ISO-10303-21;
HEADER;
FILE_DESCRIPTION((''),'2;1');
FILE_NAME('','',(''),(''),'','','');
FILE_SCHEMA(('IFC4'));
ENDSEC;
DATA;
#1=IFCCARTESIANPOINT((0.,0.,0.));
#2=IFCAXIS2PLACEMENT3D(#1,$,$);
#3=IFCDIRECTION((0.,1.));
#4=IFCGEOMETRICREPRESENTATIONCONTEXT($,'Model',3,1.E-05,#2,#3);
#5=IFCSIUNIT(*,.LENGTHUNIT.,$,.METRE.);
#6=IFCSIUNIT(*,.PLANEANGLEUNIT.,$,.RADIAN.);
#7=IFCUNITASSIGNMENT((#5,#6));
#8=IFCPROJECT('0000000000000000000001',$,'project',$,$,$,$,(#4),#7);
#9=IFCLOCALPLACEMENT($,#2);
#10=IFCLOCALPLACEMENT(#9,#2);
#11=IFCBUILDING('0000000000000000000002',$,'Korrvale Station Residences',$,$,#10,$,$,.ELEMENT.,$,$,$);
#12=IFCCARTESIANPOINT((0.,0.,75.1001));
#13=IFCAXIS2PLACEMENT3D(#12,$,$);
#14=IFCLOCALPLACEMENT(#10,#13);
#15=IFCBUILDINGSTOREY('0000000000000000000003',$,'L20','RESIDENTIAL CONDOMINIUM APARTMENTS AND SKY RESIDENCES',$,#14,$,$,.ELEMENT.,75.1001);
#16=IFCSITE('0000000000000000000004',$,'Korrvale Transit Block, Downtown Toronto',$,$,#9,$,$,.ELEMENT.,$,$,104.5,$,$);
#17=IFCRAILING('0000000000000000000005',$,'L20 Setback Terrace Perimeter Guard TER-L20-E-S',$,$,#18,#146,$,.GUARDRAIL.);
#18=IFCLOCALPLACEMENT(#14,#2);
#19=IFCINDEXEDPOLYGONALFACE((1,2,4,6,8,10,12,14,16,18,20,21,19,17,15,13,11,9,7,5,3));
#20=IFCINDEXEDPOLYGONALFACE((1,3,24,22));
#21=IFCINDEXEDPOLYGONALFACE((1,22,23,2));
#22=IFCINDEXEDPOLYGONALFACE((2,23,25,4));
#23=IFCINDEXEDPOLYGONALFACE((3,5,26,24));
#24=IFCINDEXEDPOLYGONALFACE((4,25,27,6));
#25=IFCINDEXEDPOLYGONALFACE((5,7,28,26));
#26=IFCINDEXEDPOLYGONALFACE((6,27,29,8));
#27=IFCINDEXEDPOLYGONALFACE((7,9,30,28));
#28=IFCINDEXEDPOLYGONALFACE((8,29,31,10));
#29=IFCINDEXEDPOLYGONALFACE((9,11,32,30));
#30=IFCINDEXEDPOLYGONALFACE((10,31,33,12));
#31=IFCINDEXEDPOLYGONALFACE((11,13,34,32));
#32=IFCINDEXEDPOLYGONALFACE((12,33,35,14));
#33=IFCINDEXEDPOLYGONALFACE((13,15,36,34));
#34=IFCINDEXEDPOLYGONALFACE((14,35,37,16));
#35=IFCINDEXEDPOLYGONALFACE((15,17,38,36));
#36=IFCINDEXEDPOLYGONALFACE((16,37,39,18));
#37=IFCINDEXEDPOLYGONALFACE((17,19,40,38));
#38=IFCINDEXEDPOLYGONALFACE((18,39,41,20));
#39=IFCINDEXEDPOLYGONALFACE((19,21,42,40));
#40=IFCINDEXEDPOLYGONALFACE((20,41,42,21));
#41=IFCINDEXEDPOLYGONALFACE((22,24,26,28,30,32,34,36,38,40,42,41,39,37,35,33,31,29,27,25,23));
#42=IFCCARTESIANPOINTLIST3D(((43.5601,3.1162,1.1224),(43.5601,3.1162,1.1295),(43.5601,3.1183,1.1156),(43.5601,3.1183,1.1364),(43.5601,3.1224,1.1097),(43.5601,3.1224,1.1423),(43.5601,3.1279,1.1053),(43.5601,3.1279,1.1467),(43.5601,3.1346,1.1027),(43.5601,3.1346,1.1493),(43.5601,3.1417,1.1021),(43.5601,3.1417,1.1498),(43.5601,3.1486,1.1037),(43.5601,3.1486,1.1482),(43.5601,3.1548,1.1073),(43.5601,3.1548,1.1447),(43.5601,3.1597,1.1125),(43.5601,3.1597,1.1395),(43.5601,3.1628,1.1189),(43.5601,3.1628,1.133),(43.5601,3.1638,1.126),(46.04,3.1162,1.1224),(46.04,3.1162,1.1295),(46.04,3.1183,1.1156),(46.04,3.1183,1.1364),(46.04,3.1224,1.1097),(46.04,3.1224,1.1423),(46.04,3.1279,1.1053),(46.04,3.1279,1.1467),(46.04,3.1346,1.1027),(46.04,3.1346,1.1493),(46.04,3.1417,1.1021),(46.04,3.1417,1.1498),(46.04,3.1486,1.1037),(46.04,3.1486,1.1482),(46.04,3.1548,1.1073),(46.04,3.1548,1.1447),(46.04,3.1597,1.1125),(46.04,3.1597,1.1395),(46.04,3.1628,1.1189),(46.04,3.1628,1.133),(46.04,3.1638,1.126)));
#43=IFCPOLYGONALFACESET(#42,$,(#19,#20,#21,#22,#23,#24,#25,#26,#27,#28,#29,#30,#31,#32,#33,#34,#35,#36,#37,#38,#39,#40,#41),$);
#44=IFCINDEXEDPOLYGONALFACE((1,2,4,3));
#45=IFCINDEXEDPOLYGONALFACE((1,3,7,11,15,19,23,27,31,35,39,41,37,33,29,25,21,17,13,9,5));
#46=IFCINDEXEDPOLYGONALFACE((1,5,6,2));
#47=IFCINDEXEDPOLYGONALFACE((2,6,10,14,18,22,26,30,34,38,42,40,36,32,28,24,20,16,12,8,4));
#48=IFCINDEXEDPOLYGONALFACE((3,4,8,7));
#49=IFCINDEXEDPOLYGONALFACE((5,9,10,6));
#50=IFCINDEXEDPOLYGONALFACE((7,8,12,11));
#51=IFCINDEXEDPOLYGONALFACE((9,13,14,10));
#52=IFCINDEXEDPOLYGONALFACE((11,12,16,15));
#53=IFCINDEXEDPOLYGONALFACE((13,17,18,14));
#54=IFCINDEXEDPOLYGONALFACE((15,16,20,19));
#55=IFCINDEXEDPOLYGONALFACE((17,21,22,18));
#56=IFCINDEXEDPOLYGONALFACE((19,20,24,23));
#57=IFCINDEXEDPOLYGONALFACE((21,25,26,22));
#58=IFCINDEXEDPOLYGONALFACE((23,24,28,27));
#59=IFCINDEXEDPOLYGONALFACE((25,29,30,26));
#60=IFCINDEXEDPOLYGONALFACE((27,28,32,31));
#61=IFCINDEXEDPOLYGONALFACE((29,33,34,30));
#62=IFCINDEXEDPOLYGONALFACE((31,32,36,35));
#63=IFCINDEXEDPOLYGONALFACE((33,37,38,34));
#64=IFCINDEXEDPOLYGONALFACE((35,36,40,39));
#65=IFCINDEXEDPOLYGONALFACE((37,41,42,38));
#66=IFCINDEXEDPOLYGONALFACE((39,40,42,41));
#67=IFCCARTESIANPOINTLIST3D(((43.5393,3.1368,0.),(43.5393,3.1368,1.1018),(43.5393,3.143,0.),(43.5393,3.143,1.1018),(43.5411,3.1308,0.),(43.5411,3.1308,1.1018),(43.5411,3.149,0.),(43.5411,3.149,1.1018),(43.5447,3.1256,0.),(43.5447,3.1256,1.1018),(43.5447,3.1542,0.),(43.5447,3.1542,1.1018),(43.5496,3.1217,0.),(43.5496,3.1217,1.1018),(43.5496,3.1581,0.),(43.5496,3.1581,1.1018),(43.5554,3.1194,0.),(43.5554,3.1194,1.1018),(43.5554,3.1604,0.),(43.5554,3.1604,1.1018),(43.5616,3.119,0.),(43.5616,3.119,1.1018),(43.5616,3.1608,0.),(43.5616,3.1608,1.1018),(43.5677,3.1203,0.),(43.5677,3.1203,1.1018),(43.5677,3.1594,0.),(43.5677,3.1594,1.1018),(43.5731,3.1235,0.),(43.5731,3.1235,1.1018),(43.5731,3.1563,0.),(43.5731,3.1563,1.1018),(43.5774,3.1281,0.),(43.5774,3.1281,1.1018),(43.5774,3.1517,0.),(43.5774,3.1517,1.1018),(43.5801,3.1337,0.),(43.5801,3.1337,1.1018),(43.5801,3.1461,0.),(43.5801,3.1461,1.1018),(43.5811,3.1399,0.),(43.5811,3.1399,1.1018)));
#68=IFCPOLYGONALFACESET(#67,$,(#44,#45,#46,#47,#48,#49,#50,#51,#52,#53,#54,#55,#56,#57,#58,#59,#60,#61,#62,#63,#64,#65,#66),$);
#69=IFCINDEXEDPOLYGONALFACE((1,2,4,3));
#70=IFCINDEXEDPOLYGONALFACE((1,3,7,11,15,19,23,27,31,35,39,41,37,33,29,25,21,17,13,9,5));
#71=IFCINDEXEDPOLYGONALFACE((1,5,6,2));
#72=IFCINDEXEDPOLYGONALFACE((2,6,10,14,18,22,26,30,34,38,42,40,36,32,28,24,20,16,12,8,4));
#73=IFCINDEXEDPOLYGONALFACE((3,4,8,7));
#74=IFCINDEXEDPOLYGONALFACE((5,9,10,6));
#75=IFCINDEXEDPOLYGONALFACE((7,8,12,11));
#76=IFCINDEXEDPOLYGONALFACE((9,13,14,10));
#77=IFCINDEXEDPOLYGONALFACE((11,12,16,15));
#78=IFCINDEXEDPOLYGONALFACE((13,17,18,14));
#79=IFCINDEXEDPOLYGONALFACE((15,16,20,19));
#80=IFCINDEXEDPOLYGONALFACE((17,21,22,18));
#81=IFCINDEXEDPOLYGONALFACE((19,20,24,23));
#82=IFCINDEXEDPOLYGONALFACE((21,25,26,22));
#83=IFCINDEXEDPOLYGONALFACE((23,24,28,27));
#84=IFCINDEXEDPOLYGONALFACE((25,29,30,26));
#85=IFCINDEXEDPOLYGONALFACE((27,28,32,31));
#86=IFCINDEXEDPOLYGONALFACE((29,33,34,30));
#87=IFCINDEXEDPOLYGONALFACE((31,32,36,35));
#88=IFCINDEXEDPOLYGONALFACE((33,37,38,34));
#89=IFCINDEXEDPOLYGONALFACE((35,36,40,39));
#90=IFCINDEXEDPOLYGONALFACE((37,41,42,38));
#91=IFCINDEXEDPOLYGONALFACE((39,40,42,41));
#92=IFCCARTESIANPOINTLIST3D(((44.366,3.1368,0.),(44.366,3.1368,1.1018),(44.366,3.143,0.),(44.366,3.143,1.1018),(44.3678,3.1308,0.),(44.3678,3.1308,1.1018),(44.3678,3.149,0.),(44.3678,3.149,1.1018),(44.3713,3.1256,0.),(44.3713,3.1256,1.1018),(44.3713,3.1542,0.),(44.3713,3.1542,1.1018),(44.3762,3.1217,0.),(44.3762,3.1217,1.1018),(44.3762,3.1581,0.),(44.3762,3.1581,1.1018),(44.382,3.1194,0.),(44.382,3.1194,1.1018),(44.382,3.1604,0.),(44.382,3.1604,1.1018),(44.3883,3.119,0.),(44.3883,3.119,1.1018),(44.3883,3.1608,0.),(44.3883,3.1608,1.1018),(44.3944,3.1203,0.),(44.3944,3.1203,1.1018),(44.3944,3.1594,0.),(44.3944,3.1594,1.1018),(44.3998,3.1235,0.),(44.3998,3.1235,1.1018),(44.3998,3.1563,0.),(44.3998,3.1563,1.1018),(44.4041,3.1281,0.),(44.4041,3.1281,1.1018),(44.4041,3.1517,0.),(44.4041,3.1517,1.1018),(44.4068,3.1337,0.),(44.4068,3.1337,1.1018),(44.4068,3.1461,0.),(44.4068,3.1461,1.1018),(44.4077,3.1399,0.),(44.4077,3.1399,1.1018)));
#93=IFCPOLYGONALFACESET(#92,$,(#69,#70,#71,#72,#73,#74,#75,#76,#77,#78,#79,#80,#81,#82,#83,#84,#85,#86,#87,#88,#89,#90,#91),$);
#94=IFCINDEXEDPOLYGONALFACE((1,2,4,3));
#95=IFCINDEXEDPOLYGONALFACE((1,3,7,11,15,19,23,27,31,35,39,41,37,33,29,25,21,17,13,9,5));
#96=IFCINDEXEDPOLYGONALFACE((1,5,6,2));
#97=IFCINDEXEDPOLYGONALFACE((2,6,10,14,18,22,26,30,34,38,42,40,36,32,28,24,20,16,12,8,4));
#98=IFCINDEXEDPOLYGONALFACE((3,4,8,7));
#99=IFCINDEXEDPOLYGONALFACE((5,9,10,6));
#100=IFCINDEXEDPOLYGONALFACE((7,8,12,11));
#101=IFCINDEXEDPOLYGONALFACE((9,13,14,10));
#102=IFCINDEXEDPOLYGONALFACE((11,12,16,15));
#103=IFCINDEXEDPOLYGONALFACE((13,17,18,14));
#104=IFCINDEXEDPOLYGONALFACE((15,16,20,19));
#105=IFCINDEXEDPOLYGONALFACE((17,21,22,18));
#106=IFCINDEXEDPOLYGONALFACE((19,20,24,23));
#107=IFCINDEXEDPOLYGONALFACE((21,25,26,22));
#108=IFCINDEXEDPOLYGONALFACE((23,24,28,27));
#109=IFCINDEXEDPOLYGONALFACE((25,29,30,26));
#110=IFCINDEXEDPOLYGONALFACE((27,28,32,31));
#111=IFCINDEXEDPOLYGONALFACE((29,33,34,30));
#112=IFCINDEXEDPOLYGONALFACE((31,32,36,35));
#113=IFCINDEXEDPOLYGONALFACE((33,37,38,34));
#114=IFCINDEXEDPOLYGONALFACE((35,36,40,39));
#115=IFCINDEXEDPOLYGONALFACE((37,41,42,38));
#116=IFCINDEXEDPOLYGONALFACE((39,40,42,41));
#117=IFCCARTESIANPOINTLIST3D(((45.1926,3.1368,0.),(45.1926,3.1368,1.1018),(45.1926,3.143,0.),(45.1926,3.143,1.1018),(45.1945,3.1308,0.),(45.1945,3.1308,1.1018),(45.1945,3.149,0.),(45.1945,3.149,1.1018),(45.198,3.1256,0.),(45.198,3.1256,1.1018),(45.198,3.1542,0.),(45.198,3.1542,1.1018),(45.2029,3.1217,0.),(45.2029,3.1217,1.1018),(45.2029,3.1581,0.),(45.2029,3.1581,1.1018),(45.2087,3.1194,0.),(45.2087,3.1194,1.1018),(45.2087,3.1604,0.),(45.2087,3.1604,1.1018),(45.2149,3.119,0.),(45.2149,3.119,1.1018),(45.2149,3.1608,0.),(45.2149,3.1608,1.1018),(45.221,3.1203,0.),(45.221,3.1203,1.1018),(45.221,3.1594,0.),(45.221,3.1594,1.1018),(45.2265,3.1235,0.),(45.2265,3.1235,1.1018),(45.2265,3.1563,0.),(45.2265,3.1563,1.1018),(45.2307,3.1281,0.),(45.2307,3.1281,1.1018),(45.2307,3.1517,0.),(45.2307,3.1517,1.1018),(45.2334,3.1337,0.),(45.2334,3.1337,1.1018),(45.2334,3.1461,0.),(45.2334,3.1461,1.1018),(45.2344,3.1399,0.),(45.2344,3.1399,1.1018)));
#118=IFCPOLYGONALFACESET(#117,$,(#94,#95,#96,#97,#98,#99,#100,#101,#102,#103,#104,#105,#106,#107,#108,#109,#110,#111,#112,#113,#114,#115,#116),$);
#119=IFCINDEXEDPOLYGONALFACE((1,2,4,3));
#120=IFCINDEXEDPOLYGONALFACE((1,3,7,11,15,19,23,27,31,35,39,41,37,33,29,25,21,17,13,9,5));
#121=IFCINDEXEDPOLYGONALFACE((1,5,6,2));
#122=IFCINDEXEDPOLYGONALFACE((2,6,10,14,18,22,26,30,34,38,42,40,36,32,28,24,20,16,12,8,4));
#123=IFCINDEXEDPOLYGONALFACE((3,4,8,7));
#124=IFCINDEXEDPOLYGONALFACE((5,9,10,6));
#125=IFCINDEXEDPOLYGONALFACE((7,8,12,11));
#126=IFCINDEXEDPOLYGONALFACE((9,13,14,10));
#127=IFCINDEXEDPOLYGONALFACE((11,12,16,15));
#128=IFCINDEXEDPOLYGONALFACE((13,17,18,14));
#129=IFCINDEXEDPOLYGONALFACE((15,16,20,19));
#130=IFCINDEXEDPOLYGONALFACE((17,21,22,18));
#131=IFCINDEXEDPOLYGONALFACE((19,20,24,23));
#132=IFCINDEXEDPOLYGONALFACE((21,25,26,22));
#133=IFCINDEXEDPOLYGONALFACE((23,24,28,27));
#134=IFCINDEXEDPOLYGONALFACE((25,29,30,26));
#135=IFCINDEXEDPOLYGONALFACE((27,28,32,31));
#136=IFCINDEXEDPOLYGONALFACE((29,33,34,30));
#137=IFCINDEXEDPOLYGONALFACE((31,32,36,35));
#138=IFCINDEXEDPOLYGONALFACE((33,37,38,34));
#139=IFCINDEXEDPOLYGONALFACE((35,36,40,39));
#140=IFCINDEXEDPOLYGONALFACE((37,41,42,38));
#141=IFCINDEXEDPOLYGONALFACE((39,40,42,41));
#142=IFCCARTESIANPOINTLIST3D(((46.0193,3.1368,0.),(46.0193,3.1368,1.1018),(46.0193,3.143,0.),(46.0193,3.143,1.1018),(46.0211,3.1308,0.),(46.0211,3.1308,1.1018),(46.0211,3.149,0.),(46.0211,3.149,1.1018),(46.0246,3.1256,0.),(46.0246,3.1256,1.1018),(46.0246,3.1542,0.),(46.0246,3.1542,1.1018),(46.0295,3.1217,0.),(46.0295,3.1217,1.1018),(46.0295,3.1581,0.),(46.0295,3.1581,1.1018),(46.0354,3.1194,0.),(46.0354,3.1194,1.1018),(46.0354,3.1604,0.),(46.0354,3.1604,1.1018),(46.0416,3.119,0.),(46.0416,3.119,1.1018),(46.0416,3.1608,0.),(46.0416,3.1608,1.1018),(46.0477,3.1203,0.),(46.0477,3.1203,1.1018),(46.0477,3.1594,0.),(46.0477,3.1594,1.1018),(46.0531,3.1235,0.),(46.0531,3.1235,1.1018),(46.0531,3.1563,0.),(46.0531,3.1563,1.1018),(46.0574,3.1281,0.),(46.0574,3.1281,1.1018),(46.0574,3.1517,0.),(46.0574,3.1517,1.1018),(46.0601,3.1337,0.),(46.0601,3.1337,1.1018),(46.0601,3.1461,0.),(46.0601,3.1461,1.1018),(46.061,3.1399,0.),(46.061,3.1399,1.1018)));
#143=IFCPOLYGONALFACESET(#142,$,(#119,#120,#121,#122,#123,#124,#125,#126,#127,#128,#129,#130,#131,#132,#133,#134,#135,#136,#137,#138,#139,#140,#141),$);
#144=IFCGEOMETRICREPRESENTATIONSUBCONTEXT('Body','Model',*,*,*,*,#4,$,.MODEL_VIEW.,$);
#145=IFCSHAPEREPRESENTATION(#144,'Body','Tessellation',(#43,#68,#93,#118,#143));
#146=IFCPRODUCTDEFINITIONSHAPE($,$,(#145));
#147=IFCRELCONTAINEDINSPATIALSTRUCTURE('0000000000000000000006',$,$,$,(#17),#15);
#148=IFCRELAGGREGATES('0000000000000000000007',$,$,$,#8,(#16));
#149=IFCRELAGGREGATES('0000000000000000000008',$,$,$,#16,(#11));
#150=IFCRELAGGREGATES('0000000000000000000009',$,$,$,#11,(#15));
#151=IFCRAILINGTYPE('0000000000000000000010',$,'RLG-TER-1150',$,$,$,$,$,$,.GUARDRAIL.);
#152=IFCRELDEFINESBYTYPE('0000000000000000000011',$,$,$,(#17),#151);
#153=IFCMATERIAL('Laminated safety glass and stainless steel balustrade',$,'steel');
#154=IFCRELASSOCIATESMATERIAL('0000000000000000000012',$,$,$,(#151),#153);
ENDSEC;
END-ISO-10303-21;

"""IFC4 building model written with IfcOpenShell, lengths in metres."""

from ifc_helpers import new_model, si_unit, direction, frame, origin, origin_2d, place, context, subcontext, project, spatial, circle, extrude, material, type_object, element, save


model = new_model("IFC4")

# Units and contexts
model_context = context("Model", 3, precision=1e-05, world=origin(), true_north=direction((0.0, 1.0)))
body_context = subcontext(model_context, "Body", "Model", "MODEL_VIEW")
ifc_project = project(units=[si_unit("LENGTHUNIT", "METRE"), si_unit("PLANEANGLEUNIT", "RADIAN")], contexts=[model_context])

# Site, building, storey
site_placement = place(None, origin())
site = spatial("IfcSite", under=ifc_project, at=site_placement, Name="Korrvale Transit Block, Downtown Toronto", CompositionType="ELEMENT", RefElevation=104.5)
building_placement = place(site_placement, origin())
building = spatial("IfcBuilding", under=site, at=building_placement, Name="Korrvale Station Residences", CompositionType="ELEMENT")
storey_placement = place(building_placement, frame((0.0, 0.0, 75.1001)))
storey = spatial("IfcBuildingStorey", under=building, at=storey_placement, Name="L20", Description="RESIDENTIAL CONDOMINIUM APARTMENTS AND SKY RESIDENCES", CompositionType="ELEMENT", Elevation=75.1001)

# Railing
ifc_material_1 = material(Name="Laminated safety glass and stainless steel balustrade", Category="steel")
railing_type = type_object("IfcRailingType", Name="RLG-TER-1150", PredefinedType="GUARDRAIL", material=ifc_material_1)
railing_1_placement = place(storey_placement, frame((43.5601, 3.1399, 0.0)))
element("IfcRailing", 1, at=railing_1_placement, inside=storey, type_object=railing_type, Name="L20 Setback Terrace Perimeter Guard TER-L20-E-S", PredefinedType="GUARDRAIL", context=body_context, shape_type="SweptSolid", body=[
    extrude(circle(Radius=0.0239, at=origin_2d()), frame((0.0, 0.0, 1.126), z_axis=(1.0, 0.0, 0.0), x_axis=(0.0, 1.0, 0.0)), (0.0, 0.0, 1.0), 2.48),
    extrude(circle(Radius=0.021, at=origin_2d()), origin(), (0.0, 0.0, 1.0), 1.1018),
    extrude(circle(Radius=0.021, at=origin_2d()), frame((0.8267, 0.0, 0.0)), (0.0, 0.0, 1.0), 1.1018),
    extrude(circle(Radius=0.021, at=origin_2d()), frame((1.6533, 0.0, 0.0)), (0.0, 0.0, 1.0), 1.1018),
    extrude(circle(Radius=0.021, at=origin_2d()), frame((2.48, 0.0, 0.0)), (0.0, 0.0, 1.0), 1.1018),
])

save(model, "model.ifc")
